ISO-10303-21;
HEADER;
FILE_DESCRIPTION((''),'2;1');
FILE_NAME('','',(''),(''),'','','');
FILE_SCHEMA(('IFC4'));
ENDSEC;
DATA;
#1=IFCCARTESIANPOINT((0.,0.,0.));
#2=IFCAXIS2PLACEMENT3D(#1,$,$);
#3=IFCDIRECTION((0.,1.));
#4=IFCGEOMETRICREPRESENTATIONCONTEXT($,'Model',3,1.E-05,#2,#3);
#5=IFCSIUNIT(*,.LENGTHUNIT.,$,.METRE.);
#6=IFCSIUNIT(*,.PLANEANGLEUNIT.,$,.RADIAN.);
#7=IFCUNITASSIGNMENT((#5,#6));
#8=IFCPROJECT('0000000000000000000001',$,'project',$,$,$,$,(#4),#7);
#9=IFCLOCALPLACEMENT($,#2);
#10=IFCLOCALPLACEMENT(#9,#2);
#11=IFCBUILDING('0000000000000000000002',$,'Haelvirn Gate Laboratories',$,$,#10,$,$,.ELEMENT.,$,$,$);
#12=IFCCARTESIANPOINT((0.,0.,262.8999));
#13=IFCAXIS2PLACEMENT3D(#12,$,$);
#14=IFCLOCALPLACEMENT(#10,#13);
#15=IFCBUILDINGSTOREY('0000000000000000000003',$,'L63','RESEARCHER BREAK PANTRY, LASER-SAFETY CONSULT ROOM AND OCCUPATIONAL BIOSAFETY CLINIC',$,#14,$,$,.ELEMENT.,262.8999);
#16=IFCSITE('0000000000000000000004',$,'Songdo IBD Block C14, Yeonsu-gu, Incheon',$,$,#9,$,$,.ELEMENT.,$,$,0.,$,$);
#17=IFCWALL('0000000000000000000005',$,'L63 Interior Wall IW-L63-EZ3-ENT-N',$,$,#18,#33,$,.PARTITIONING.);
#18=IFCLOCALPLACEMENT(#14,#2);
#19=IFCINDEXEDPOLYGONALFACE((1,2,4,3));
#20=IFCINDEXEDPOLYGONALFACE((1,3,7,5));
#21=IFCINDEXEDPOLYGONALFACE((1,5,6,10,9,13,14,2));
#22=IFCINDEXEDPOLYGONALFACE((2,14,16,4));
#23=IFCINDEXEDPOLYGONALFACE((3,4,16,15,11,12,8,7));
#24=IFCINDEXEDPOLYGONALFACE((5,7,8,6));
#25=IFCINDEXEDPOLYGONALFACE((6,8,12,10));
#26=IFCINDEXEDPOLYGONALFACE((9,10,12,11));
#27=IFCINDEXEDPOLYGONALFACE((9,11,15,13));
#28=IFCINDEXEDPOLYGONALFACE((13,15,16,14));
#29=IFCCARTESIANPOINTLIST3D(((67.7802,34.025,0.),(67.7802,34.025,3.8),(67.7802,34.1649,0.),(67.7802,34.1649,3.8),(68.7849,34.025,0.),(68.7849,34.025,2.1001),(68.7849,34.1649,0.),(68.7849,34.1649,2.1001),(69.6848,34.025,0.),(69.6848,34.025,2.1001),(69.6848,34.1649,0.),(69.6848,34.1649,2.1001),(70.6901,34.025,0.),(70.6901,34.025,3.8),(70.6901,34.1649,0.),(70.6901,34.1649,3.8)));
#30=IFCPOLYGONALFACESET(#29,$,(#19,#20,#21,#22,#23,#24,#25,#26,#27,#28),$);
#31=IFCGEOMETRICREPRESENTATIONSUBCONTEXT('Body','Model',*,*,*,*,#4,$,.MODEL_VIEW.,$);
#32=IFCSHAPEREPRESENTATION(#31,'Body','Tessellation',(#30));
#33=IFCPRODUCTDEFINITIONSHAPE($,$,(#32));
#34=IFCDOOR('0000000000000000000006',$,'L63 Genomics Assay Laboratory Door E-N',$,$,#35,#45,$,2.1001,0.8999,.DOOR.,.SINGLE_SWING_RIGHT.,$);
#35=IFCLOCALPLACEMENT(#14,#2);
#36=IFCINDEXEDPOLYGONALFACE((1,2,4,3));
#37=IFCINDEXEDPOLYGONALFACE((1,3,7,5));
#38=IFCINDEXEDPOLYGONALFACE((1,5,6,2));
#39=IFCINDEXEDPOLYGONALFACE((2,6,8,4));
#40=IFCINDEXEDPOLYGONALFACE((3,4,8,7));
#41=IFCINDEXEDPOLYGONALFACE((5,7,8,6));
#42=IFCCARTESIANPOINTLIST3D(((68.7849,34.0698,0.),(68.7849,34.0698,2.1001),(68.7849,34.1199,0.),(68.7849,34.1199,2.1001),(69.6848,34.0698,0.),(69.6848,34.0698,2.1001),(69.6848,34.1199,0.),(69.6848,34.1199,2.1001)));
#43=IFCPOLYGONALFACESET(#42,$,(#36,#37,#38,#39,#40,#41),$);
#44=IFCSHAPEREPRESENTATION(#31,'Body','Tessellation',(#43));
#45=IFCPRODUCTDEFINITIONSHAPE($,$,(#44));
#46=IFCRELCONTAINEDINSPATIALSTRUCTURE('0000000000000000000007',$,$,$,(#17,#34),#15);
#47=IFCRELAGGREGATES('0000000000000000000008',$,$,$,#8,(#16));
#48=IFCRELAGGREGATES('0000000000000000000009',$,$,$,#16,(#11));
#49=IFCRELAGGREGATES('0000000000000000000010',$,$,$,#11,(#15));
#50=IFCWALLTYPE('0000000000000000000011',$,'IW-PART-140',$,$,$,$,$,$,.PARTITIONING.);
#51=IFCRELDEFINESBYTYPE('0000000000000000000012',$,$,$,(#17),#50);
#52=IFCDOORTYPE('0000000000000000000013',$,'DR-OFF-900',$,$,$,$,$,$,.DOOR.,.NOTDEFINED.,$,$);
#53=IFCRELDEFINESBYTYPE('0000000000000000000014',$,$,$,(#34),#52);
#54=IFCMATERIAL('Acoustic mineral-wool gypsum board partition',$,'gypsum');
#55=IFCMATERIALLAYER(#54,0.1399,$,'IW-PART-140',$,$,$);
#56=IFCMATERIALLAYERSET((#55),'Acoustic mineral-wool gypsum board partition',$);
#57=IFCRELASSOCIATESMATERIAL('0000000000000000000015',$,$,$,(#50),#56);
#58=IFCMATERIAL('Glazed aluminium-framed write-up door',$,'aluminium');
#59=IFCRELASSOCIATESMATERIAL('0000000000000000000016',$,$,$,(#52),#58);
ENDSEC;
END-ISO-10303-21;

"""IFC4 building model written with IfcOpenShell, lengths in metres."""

from ifc_helpers import new_model, si_unit, direction, frame, frame_2d, origin, place, context, subcontext, project, spatial, rectangle, extrude, source, transform, mapped, material, layer, layer_set, type_object, type_shapes, element, fill, save


model = new_model("IFC4")

# Units and contexts
model_context = context("Model", 3, precision=1e-05, world=origin(), true_north=direction((0.0, 1.0)))
body_context = subcontext(model_context, "Body", "Model", "MODEL_VIEW")
ifc_project = project(units=[si_unit("LENGTHUNIT", "METRE"), si_unit("PLANEANGLEUNIT", "RADIAN")], contexts=[model_context])

# Site, building, storey
site_placement = place(None, origin())
site = spatial("IfcSite", under=ifc_project, at=site_placement, Name="Songdo IBD Block C14, Yeonsu-gu, Incheon", CompositionType="ELEMENT", RefElevation=0.0)
building_placement = place(site_placement, origin())
building = spatial("IfcBuilding", under=site, at=building_placement, Name="Haelvirn Gate Laboratories", CompositionType="ELEMENT")
storey_placement = place(building_placement, frame((0.0, 0.0, 262.8999)))
storey = spatial("IfcBuildingStorey", under=building, at=storey_placement, Name="L63", Description="RESEARCHER BREAK PANTRY, LASER-SAFETY CONSULT ROOM AND OCCUPATIONAL BIOSAFETY CLINIC", CompositionType="ELEMENT", Elevation=262.8999)

# Wall, opening, door
ifc_material_1 = material(Name="Acoustic mineral-wool gypsum board partition", Category="gypsum")
ifc_layer_1 = layer(ifc_material_1, 0.1399, Name="IW-PART-140")
ifc_layer_set_1 = layer_set([ifc_layer_1], Name="Acoustic mineral-wool gypsum board partition")
wall_type_1 = type_object("IfcWallType", Name="IW-PART-140", PredefinedType="PARTITIONING", material=ifc_layer_set_1)
wall_1_placement = place(storey_placement, frame((67.78, 34.095, 0.0), z_axis=(0.0, 0.0, 1.0), x_axis=(1.0, 0.0, 0.0)))
wall_1 = element("IfcWall", 1, at=wall_1_placement, inside=storey, type_object=wall_type_1, Name="L63 Interior Wall IW-L63-EZ3-ENT-N", PredefinedType="PARTITIONING", context=body_context, shape_type="SweptSolid", body=[
    extrude(rectangle(XDim=2.9099, YDim=0.1399, at=frame_2d((1.4551, 0.0))), origin(), (0.0, 0.0, 1.0), 3.8),
])
opening_placement = place(wall_1_placement, frame((1.0049, 0.0, 0.0)))
opening = element("IfcOpeningElement", 2, at=opening_placement, cuts=wall_1, PredefinedType="OPENING", context=body_context, shape_type="SweptSolid", body=[
    extrude(rectangle(XDim=0.8999, YDim=2.1001, at=frame_2d((0.45, 1.05))), frame((0.0, 0.0801, 0.0), z_axis=(0.0, -1.0, 0.0), x_axis=(1.0, 0.0, 0.0)), (0.0, 0.0, 1.0), 0.1599),
])
ifc_material_2 = material(Name="Glazed aluminium-framed write-up door", Category="aluminium")
door_type = type_object("IfcDoorType", Name="DR-OFF-900", OperationType="NOTDEFINED", PredefinedType="DOOR", material=ifc_material_2)
shared_shape_1 = source(origin(), body_context, "Body", "SweptSolid", [
    extrude(rectangle(XDim=0.8999, YDim=2.1001, at=frame_2d((0.45, 1.05))), frame((0.0, 0.0249, 0.0), z_axis=(0.0, -1.0, 0.0), x_axis=(1.0, 0.0, 0.0)), (0.0, 0.0, 1.0), 0.05),
])
type_shapes(door_type, [shared_shape_1])
door_placement = place(opening_placement, origin())
door = element("IfcDoor", 3, at=door_placement, inside=storey, type_object=door_type, Name="L63 Genomics Assay Laboratory Door E-N", OperationType="SINGLE_SWING_RIGHT", OverallHeight=2.1001, OverallWidth=0.8999, PredefinedType="DOOR", context=body_context, shape_type="MappedRepresentation", body=[
    mapped(shared_shape_1, transform((0.0, 0.0, 0.0), scale=1.0)),
])
fill(opening, door)

save(model, "model.ifc")
